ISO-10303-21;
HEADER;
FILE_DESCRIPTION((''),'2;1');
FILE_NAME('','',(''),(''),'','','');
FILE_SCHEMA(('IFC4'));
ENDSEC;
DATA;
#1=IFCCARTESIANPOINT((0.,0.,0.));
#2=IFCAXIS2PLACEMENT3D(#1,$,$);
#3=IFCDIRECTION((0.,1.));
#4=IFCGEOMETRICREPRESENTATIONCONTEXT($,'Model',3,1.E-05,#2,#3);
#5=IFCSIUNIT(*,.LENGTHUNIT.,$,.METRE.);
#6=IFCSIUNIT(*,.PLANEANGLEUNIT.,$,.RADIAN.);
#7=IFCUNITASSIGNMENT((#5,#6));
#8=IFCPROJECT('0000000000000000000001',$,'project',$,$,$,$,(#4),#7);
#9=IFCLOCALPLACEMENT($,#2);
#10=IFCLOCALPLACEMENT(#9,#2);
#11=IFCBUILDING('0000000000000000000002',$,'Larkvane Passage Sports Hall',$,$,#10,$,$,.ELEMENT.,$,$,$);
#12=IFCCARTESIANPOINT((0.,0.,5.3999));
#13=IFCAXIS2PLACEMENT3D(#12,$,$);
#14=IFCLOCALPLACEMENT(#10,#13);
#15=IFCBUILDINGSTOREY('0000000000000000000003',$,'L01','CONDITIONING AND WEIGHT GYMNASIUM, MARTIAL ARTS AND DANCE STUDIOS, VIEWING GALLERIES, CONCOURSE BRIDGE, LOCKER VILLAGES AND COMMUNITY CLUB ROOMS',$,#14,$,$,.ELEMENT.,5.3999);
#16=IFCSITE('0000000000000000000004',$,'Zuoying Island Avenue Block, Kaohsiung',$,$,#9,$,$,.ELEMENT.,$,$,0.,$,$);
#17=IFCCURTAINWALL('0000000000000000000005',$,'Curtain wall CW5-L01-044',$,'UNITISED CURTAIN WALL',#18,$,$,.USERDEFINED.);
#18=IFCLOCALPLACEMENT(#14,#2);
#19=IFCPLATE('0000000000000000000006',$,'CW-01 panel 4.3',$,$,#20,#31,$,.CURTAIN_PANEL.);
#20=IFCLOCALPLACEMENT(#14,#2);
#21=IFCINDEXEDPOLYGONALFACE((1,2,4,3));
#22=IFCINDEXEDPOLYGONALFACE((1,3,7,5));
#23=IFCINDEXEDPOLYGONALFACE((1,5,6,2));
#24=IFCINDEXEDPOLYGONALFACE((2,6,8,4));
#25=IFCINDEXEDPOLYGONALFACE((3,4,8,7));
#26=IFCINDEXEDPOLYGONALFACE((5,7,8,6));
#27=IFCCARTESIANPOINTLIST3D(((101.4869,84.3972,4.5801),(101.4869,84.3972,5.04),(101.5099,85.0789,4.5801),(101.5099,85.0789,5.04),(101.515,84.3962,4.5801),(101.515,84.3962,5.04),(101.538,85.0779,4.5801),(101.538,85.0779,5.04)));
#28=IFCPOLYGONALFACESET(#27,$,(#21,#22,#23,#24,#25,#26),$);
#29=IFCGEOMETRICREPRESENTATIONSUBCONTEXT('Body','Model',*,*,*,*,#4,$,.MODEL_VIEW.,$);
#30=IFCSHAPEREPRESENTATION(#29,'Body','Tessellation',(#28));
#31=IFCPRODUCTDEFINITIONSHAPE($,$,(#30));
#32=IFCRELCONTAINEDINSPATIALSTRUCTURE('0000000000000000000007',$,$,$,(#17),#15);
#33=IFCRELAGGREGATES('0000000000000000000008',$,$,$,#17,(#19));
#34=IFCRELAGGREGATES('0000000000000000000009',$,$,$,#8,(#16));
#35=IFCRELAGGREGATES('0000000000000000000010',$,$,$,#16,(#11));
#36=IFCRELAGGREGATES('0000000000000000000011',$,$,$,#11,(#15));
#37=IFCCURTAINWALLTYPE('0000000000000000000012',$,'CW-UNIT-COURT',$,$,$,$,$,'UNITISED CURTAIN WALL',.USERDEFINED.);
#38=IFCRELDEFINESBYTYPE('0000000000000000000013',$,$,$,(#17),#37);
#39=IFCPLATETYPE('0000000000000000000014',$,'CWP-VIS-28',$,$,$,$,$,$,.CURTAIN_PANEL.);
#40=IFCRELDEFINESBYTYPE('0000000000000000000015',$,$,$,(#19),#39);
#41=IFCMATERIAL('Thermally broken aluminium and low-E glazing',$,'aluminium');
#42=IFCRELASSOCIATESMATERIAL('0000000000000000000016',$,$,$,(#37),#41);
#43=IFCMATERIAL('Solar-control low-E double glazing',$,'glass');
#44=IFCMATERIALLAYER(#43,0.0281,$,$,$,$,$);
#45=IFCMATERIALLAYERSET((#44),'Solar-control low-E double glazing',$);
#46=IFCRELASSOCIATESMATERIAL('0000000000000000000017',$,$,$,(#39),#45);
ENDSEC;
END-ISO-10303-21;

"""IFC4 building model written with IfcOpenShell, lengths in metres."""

from ifc_helpers import new_model, si_unit, direction, frame, origin, origin_2d, place, context, subcontext, project, spatial, rectangle, extrude, material, layer, layer_set, type_object, element, aggregate, save


model = new_model("IFC4")

# Units and contexts
model_context = context("Model", 3, precision=1e-05, world=origin(), true_north=direction((0.0, 1.0)))
body_context = subcontext(model_context, "Body", "Model", "MODEL_VIEW")
ifc_project = project(units=[si_unit("LENGTHUNIT", "METRE"), si_unit("PLANEANGLEUNIT", "RADIAN")], contexts=[model_context])

# Site, building, storey
site_placement = place(None, origin())
site = spatial("IfcSite", under=ifc_project, at=site_placement, Name="Zuoying Island Avenue Block, Kaohsiung", CompositionType="ELEMENT", RefElevation=0.0)
building_placement = place(site_placement, origin())
building = spatial("IfcBuilding", under=site, at=building_placement, Name="Larkvane Passage Sports Hall", CompositionType="ELEMENT")
storey_placement = place(building_placement, frame((0.0, 0.0, 5.3999)))
storey = spatial("IfcBuildingStorey", under=building, at=storey_placement, Name="L01", Description="CONDITIONING AND WEIGHT GYMNASIUM, MARTIAL ARTS AND DANCE STUDIOS, VIEWING GALLERIES, CONCOURSE BRIDGE, LOCKER VILLAGES AND COMMUNITY CLUB ROOMS", CompositionType="ELEMENT", Elevation=5.3999)

# Curtain wall, plate
ifc_material_1 = material(Name="Thermally broken aluminium and low-E glazing", Category="aluminium")
curtain_wall_type = type_object("IfcCurtainWallType", Name="CW-UNIT-COURT", ElementType="UNITISED CURTAIN WALL", PredefinedType="USERDEFINED", material=ifc_material_1)
curtain_wall_placement = place(storey_placement, origin())
curtain_wall = element("IfcCurtainWall", 1, at=curtain_wall_placement, inside=storey, type_object=curtain_wall_type, Name="Curtain wall CW5-L01-044", ObjectType="UNITISED CURTAIN WALL", PredefinedType="USERDEFINED")
ifc_material_2 = material(Name="Solar-control low-E double glazing", Category="glass")
ifc_layer_1 = layer(ifc_material_2, 0.0281)
ifc_layer_set_1 = layer_set([ifc_layer_1], Name="Solar-control low-E double glazing")
plate_type_1 = type_object("IfcPlateType", Name="CWP-VIS-28", PredefinedType="CURTAIN_PANEL", material=ifc_layer_set_1)
plate_1_placement = place(storey_placement, frame((101.5125, 84.7375, 4.5801), z_axis=(0.0, 0.0, 1.0), x_axis=(-0.033689, -0.999432, 0.0)))
plate_1 = element("IfcPlate", 2, at=plate_1_placement, type_object=plate_type_1, Name="CW-01 panel 4.3", PredefinedType="CURTAIN_PANEL", context=body_context, shape_type="SweptSolid", body=[
    extrude(rectangle(XDim=0.6821, YDim=0.0281, at=origin_2d()), origin(), (0.0, 0.0, 1.0), 0.46),
])
aggregate(curtain_wall, [plate_1])

save(model, "model.ifc")
